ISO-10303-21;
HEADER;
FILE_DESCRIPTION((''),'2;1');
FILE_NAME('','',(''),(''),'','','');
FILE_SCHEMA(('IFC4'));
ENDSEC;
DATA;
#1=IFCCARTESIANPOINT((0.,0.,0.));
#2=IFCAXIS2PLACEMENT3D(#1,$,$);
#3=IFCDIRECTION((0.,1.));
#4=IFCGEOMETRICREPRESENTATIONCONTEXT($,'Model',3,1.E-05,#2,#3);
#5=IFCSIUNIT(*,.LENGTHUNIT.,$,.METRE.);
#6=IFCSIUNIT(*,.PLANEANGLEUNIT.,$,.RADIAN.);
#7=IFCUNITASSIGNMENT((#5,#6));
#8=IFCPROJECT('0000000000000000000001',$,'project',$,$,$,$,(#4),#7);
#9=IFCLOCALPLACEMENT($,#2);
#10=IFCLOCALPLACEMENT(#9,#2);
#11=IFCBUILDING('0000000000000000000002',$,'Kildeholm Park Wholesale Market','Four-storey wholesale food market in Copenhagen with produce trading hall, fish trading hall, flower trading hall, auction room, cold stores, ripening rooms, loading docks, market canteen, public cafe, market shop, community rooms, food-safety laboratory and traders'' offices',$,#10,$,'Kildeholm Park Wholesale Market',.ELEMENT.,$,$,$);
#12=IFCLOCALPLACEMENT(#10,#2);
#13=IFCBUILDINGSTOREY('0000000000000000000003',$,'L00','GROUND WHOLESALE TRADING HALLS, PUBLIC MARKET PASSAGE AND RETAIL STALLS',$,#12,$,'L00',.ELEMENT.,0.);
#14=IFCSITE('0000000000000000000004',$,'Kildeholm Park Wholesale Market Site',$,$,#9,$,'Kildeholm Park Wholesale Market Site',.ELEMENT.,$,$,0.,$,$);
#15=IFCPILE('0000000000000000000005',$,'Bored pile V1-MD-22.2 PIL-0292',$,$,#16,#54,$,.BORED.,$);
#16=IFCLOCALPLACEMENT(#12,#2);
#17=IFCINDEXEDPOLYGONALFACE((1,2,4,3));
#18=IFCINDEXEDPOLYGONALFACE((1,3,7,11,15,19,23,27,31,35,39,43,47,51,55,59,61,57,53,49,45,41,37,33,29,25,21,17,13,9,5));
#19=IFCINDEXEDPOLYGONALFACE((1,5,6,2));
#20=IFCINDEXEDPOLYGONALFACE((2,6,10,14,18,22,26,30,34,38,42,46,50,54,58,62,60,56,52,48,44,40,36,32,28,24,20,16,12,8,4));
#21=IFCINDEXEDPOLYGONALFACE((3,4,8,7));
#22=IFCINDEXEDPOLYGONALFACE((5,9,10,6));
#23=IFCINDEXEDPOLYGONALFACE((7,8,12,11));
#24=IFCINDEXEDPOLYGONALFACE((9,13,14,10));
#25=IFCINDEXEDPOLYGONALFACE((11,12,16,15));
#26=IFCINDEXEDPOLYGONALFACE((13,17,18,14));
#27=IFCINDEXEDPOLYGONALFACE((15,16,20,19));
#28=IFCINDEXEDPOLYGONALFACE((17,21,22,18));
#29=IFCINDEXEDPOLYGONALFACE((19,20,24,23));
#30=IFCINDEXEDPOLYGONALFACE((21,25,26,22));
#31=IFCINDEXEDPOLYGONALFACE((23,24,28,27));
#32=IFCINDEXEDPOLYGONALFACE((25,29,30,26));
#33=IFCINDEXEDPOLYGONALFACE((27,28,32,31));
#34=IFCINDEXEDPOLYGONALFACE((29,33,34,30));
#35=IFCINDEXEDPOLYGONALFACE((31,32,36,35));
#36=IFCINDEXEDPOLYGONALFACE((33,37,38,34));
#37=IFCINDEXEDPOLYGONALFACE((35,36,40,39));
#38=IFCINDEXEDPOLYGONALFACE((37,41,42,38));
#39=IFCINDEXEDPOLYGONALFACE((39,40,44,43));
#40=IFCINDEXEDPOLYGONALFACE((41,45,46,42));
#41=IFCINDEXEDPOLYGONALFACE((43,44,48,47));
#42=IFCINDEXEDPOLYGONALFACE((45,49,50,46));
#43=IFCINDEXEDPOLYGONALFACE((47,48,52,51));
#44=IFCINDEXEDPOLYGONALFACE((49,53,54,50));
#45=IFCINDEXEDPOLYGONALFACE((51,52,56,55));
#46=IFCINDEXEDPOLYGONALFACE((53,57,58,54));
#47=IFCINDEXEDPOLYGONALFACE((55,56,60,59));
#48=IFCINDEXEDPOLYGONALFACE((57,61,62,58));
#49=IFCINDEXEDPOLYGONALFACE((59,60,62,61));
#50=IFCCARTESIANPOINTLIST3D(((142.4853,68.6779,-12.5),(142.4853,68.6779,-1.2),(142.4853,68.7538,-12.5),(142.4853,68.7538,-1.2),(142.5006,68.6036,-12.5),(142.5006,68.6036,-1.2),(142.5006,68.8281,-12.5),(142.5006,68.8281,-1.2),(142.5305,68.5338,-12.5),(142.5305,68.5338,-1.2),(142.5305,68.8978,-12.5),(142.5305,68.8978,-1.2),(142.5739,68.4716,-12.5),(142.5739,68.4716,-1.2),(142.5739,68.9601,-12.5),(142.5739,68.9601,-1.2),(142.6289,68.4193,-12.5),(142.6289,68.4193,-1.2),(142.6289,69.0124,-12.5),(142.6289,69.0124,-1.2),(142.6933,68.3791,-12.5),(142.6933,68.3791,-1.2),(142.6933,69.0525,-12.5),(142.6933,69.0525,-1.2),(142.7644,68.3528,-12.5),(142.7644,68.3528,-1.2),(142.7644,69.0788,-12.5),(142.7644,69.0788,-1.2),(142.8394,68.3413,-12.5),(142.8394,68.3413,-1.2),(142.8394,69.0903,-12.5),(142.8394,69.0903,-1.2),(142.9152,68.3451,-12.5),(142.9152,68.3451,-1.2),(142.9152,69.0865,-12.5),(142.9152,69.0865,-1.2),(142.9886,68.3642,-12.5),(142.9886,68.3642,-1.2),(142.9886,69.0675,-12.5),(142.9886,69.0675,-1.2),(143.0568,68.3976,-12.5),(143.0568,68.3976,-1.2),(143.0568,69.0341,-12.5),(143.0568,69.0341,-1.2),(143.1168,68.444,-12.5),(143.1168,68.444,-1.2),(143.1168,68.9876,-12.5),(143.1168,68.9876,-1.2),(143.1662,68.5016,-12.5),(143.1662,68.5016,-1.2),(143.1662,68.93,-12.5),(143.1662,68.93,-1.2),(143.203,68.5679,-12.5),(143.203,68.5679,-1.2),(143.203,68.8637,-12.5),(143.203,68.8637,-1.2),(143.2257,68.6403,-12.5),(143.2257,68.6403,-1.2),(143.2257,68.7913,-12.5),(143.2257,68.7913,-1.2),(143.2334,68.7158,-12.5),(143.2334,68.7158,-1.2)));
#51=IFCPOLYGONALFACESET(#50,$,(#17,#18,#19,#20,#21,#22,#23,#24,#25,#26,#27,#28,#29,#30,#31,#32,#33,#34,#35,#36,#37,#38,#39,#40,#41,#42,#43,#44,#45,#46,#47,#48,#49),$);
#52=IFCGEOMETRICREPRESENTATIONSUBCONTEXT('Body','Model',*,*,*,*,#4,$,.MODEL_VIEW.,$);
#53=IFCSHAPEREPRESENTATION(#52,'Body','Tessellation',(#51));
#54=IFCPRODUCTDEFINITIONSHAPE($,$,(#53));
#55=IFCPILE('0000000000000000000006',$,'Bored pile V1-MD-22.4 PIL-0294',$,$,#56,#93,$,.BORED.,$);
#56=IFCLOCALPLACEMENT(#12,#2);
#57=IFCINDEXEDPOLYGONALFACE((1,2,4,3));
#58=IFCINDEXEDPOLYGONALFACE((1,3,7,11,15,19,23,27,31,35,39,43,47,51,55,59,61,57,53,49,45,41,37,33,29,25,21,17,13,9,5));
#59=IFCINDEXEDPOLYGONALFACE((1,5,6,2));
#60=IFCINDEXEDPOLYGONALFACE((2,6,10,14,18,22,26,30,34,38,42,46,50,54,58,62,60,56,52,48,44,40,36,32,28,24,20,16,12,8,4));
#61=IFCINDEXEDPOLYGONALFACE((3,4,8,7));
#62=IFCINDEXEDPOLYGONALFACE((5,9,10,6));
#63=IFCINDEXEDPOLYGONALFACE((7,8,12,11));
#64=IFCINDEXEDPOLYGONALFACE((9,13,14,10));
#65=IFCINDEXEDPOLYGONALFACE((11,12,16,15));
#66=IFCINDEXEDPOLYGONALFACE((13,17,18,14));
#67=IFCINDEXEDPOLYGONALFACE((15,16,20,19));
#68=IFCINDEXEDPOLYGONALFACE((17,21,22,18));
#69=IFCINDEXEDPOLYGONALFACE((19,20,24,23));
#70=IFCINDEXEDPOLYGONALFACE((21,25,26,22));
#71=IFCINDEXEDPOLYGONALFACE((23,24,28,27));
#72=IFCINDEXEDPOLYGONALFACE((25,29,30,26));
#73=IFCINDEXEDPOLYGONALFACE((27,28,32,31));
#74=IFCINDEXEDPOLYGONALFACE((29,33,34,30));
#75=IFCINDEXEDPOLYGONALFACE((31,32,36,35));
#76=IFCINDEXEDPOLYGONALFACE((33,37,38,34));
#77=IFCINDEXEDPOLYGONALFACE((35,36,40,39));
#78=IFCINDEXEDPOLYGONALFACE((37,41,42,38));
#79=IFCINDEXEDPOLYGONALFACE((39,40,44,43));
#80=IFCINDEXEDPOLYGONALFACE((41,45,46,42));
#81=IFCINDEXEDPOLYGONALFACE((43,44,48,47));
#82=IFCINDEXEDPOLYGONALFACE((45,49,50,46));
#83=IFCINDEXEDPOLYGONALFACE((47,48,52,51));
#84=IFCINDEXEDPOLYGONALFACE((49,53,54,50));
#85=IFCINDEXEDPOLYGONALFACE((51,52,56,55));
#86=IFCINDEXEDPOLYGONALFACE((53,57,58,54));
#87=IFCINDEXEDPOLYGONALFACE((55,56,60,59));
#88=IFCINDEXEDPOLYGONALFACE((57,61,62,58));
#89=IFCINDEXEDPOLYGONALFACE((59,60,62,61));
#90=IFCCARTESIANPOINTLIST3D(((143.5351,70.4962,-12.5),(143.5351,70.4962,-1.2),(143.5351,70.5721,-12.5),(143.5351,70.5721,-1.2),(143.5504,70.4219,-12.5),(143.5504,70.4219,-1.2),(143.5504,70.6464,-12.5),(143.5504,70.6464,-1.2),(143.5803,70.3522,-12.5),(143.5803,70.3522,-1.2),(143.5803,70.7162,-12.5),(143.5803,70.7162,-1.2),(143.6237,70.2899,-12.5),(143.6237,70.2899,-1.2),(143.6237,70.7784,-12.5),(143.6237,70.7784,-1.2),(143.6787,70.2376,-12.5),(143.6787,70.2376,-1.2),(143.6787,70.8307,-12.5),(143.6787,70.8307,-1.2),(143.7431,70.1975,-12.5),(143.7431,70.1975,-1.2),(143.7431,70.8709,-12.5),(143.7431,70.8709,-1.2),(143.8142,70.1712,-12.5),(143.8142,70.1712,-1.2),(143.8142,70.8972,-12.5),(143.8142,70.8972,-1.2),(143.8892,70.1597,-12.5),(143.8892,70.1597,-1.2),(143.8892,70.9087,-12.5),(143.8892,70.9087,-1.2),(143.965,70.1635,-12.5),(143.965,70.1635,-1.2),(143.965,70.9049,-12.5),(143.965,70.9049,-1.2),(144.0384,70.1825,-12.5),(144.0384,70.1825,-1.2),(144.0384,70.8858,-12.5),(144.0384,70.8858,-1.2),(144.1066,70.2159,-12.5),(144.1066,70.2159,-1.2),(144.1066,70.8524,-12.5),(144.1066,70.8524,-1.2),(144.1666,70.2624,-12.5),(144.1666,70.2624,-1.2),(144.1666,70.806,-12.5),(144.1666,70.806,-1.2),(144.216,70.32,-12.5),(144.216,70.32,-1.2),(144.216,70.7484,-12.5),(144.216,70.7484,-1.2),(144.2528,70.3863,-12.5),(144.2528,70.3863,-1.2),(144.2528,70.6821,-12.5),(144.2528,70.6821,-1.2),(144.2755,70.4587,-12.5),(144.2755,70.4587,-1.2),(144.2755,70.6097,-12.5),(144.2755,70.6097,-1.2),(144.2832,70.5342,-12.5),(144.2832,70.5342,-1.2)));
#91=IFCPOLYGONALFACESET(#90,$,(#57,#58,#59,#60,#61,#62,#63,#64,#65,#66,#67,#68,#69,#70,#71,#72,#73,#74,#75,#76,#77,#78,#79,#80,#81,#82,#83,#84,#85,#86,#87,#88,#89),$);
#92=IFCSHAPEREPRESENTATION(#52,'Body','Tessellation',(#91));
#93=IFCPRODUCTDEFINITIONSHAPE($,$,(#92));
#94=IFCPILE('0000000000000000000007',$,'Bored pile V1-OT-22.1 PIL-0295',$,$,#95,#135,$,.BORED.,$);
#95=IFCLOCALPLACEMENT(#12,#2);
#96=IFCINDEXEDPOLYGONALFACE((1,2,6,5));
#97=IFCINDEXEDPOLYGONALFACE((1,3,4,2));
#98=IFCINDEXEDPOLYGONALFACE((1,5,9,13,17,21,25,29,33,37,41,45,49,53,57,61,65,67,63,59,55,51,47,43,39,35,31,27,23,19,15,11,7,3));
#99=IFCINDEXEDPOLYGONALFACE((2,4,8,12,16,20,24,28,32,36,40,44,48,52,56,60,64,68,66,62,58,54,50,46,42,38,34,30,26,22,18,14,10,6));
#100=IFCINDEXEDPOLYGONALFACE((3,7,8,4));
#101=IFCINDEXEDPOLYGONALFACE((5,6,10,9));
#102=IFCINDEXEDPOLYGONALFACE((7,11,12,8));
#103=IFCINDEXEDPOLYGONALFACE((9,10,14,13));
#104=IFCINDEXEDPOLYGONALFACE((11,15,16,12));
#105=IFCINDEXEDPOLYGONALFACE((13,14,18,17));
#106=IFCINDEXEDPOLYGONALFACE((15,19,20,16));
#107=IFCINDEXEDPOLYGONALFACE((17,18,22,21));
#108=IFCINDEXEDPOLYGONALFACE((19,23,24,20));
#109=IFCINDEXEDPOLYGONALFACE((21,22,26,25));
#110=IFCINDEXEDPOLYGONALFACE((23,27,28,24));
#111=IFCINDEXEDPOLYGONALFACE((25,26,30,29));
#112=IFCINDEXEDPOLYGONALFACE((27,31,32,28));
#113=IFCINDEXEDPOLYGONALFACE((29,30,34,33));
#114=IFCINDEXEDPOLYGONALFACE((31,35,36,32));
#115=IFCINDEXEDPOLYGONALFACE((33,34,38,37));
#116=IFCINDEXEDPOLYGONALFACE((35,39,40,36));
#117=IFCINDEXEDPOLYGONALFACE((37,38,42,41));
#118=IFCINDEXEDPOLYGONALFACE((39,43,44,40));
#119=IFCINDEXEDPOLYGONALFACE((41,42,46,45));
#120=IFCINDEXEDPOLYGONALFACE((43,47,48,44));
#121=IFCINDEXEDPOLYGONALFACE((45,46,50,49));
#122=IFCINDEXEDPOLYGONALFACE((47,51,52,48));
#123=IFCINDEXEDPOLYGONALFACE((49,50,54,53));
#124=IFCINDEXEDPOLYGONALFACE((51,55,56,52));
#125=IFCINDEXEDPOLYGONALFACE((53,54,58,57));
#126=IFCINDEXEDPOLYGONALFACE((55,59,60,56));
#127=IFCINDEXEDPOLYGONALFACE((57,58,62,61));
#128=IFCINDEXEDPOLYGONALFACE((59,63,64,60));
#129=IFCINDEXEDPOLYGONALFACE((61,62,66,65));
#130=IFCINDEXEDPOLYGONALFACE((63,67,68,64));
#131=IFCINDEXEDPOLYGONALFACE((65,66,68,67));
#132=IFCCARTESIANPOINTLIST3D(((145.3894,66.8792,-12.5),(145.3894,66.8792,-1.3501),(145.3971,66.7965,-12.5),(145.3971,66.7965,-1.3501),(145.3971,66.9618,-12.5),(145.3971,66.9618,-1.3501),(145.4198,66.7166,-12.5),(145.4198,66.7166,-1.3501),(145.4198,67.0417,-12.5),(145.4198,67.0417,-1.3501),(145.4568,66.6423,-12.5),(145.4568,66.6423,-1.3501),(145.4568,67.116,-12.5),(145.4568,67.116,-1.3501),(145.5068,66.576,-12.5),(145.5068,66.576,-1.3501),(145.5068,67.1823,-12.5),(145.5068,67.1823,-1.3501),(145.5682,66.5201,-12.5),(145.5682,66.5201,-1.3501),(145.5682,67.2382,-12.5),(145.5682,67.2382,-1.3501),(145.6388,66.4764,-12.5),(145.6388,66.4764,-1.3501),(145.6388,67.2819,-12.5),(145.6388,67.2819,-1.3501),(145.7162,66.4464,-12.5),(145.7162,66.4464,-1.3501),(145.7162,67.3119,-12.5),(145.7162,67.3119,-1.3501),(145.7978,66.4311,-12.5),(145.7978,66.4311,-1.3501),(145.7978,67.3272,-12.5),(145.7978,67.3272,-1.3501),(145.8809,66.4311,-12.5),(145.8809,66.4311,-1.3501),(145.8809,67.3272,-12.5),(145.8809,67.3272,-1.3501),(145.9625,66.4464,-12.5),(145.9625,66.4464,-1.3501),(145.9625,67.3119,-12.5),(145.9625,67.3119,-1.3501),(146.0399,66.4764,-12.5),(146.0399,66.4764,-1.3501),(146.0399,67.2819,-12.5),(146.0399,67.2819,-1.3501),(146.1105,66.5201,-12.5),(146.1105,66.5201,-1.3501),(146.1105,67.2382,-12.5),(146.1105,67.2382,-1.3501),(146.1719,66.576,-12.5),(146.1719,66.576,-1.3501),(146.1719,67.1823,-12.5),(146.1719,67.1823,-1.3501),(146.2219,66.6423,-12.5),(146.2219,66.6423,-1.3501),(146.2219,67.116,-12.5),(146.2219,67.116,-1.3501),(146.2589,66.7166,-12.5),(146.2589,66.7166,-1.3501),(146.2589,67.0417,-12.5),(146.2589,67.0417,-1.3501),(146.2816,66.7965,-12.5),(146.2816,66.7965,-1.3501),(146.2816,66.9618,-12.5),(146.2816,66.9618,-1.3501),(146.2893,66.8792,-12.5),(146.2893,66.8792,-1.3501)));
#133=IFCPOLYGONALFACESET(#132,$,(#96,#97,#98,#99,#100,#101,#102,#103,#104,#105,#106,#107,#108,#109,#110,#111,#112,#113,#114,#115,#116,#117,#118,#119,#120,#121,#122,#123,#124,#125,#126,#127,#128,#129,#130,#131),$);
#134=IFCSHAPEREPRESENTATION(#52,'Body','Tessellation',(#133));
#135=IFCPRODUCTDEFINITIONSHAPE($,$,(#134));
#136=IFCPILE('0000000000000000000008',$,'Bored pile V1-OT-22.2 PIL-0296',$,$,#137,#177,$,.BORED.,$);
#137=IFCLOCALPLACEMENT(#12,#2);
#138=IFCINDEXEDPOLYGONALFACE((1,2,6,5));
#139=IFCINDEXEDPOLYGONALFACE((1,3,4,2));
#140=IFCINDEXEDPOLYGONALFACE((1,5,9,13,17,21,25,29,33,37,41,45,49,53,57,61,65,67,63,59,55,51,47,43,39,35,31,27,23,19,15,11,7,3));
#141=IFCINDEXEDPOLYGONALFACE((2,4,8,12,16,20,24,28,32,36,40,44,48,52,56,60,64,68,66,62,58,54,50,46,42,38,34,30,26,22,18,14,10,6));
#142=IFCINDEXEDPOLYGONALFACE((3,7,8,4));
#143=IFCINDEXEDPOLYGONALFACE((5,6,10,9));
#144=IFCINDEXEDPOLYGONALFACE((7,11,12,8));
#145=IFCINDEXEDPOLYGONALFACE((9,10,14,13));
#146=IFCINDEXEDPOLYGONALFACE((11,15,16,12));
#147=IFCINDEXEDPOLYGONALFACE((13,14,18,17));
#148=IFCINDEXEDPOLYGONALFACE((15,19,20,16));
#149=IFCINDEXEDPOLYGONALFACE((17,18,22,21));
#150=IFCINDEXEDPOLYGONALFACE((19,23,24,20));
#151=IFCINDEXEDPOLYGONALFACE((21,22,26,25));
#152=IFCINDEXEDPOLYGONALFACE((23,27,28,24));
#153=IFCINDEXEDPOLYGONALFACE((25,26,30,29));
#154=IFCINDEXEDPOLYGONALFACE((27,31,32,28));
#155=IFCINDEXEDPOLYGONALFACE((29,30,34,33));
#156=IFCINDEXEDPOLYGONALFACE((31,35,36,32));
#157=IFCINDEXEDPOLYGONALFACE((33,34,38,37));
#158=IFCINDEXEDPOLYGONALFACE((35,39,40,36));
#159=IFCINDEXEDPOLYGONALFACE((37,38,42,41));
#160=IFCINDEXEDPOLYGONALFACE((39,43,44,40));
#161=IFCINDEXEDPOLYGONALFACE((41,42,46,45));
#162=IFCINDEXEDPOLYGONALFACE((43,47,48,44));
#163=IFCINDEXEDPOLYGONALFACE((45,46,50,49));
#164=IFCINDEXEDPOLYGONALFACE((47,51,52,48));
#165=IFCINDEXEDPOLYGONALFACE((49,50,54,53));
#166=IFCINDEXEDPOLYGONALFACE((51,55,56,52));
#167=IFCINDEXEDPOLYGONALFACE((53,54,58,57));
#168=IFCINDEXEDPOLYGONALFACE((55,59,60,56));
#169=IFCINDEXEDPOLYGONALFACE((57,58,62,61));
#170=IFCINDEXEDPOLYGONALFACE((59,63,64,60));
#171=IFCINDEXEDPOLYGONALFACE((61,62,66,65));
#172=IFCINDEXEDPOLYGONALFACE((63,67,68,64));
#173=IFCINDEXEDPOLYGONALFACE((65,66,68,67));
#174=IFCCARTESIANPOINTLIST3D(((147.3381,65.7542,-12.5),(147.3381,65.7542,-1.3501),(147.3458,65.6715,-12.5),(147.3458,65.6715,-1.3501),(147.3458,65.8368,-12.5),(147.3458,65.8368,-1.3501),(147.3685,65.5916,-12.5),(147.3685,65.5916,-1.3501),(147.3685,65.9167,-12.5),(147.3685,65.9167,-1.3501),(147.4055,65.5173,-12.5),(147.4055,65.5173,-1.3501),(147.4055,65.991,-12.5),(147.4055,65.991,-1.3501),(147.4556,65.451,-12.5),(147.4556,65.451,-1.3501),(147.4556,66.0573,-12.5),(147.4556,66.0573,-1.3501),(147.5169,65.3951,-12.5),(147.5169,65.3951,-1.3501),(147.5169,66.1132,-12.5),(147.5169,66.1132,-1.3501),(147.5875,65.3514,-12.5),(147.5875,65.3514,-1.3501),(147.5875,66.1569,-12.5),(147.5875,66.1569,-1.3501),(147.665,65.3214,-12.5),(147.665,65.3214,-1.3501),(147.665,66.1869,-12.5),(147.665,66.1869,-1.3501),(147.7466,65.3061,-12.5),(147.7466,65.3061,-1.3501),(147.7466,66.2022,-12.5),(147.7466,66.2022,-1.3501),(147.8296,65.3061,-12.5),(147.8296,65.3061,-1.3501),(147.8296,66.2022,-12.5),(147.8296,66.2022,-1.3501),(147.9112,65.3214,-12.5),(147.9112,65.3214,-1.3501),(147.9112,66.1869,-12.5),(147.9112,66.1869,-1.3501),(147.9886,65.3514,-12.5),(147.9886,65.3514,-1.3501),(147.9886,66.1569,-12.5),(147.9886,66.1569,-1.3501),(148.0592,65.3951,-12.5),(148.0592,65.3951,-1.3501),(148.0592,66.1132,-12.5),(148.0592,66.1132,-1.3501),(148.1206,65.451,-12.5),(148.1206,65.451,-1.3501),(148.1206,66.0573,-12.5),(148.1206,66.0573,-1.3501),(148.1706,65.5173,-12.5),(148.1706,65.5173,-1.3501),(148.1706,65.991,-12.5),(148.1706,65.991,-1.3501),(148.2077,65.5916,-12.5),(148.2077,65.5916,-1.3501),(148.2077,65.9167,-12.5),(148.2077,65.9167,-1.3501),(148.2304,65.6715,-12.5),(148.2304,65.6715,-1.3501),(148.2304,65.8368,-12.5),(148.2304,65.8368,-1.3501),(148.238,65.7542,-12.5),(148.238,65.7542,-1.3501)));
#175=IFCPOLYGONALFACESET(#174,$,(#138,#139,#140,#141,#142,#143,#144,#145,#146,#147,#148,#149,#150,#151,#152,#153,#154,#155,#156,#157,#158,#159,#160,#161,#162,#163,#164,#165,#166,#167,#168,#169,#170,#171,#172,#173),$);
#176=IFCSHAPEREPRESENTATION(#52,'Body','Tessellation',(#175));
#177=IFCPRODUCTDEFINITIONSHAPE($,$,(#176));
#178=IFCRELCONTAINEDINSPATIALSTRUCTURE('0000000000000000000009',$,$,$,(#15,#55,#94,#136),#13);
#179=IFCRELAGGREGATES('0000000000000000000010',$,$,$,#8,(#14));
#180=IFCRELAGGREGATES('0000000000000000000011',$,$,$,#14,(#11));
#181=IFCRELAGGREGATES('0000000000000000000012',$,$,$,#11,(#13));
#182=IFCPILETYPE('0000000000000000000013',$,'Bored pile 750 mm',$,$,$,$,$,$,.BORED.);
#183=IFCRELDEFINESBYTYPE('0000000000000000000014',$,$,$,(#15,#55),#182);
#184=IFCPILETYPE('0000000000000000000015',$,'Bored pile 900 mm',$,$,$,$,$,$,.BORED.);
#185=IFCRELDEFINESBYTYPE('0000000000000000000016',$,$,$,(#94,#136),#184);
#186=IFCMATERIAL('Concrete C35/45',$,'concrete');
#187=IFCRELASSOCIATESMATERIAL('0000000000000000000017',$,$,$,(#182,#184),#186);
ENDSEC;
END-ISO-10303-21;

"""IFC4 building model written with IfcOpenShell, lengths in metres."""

from ifc_helpers import new_model, si_unit, direction, frame, origin, origin_2d, place, context, subcontext, project, spatial, circle, extrude, material, material_profile, profile_set, type_object, element, save


model = new_model("IFC4")

# Units and contexts
model_context = context("Model", 3, precision=1e-05, world=origin(), true_north=direction((0.0, 1.0)))
body_context = subcontext(model_context, "Body", "Model", "MODEL_VIEW")
ifc_project = project(units=[si_unit("LENGTHUNIT", "METRE"), si_unit("PLANEANGLEUNIT", "RADIAN")], contexts=[model_context])

# Site, building, storey
site_placement = place(None, origin())
site = spatial("IfcSite", under=ifc_project, at=site_placement, Name="Kildeholm Park Wholesale Market Site", LongName="Kildeholm Park Wholesale Market Site", CompositionType="ELEMENT", RefElevation=0.0)
building_placement = place(site_placement, origin())
building = spatial("IfcBuilding", under=site, at=building_placement, Name="Kildeholm Park Wholesale Market", Description="Four-storey wholesale food market in Copenhagen with produce trading hall, fish trading hall, flower trading hall, auction room, cold stores, ripening rooms, loading docks, market canteen, public cafe, market shop, community rooms, food-safety laboratory and traders' offices", LongName="Kildeholm Park Wholesale Market", CompositionType="ELEMENT")
storey_placement = place(building_placement, origin())
storey = spatial("IfcBuildingStorey", under=building, at=storey_placement, Name="L00", Description="GROUND WHOLESALE TRADING HALLS, PUBLIC MARKET PASSAGE AND RETAIL STALLS", LongName="L00", CompositionType="ELEMENT", Elevation=0.0)

# Piles
ifc_material_1 = material(Name="Concrete C35/45", Category="concrete")
ifc_material_profile_1 = material_profile(ifc_material_1, circle(Radius=0.375, at=origin_2d()), Name="PILE D750")
ifc_profile_set_1 = profile_set([ifc_material_profile_1], Name="Concrete C35/45")
pile_type_1 = type_object("IfcPileType", Name="Bored pile 750 mm", PredefinedType="BORED", material=ifc_profile_set_1)
for number, where, z_axis, x_axis, name in (
    (1, (142.8584, 68.7158, -1.2), (0.0, 0.0, -1.0), (1.0, 0.0, 0.0), "Bored pile V1-MD-22.2 PIL-0292"),
    (2, (143.9082, 70.5342, -1.2), (0.0, 0.0, -1.0), (1.0, 0.0, 0.0), "Bored pile V1-MD-22.4 PIL-0294"),
):
    element("IfcPile", number, at=place(storey_placement, frame(where, z_axis=z_axis, x_axis=x_axis)), inside=storey, type_object=pile_type_1, Name=name, PredefinedType="BORED", context=body_context, shape_type="SweptSolid", body=[
        extrude(circle(Radius=0.375, at=origin_2d()), origin(), (0.0, 0.0, 1.0), 11.3),
    ])
ifc_material_profile_2 = material_profile(ifc_material_1, circle(Radius=0.45, at=origin_2d()), Name="PILE D900")
ifc_profile_set_2 = profile_set([ifc_material_profile_2], Name="Concrete C35/45")
pile_type_2 = type_object("IfcPileType", Name="Bored pile 900 mm", PredefinedType="BORED", material=ifc_profile_set_2)
for number, where, z_axis, x_axis, name in (
    (3, (145.8394, 66.8792, -1.3501), (0.0, 0.0, -1.0), (1.0, 0.0, 0.0), "Bored pile V1-OT-22.1 PIL-0295"),
    (4, (147.7881, 65.7542, -1.3501), (0.0, 0.0, -1.0), (1.0, 0.0, 0.0), "Bored pile V1-OT-22.2 PIL-0296"),
):
    element("IfcPile", number, at=place(storey_placement, frame(where, z_axis=z_axis, x_axis=x_axis)), inside=storey, type_object=pile_type_2, Name=name, PredefinedType="BORED", context=body_context, shape_type="SweptSolid", body=[
        extrude(circle(Radius=0.45, at=origin_2d()), origin(), (0.0, 0.0, 1.0), 11.1499),
    ])

save(model, "model.ifc")
